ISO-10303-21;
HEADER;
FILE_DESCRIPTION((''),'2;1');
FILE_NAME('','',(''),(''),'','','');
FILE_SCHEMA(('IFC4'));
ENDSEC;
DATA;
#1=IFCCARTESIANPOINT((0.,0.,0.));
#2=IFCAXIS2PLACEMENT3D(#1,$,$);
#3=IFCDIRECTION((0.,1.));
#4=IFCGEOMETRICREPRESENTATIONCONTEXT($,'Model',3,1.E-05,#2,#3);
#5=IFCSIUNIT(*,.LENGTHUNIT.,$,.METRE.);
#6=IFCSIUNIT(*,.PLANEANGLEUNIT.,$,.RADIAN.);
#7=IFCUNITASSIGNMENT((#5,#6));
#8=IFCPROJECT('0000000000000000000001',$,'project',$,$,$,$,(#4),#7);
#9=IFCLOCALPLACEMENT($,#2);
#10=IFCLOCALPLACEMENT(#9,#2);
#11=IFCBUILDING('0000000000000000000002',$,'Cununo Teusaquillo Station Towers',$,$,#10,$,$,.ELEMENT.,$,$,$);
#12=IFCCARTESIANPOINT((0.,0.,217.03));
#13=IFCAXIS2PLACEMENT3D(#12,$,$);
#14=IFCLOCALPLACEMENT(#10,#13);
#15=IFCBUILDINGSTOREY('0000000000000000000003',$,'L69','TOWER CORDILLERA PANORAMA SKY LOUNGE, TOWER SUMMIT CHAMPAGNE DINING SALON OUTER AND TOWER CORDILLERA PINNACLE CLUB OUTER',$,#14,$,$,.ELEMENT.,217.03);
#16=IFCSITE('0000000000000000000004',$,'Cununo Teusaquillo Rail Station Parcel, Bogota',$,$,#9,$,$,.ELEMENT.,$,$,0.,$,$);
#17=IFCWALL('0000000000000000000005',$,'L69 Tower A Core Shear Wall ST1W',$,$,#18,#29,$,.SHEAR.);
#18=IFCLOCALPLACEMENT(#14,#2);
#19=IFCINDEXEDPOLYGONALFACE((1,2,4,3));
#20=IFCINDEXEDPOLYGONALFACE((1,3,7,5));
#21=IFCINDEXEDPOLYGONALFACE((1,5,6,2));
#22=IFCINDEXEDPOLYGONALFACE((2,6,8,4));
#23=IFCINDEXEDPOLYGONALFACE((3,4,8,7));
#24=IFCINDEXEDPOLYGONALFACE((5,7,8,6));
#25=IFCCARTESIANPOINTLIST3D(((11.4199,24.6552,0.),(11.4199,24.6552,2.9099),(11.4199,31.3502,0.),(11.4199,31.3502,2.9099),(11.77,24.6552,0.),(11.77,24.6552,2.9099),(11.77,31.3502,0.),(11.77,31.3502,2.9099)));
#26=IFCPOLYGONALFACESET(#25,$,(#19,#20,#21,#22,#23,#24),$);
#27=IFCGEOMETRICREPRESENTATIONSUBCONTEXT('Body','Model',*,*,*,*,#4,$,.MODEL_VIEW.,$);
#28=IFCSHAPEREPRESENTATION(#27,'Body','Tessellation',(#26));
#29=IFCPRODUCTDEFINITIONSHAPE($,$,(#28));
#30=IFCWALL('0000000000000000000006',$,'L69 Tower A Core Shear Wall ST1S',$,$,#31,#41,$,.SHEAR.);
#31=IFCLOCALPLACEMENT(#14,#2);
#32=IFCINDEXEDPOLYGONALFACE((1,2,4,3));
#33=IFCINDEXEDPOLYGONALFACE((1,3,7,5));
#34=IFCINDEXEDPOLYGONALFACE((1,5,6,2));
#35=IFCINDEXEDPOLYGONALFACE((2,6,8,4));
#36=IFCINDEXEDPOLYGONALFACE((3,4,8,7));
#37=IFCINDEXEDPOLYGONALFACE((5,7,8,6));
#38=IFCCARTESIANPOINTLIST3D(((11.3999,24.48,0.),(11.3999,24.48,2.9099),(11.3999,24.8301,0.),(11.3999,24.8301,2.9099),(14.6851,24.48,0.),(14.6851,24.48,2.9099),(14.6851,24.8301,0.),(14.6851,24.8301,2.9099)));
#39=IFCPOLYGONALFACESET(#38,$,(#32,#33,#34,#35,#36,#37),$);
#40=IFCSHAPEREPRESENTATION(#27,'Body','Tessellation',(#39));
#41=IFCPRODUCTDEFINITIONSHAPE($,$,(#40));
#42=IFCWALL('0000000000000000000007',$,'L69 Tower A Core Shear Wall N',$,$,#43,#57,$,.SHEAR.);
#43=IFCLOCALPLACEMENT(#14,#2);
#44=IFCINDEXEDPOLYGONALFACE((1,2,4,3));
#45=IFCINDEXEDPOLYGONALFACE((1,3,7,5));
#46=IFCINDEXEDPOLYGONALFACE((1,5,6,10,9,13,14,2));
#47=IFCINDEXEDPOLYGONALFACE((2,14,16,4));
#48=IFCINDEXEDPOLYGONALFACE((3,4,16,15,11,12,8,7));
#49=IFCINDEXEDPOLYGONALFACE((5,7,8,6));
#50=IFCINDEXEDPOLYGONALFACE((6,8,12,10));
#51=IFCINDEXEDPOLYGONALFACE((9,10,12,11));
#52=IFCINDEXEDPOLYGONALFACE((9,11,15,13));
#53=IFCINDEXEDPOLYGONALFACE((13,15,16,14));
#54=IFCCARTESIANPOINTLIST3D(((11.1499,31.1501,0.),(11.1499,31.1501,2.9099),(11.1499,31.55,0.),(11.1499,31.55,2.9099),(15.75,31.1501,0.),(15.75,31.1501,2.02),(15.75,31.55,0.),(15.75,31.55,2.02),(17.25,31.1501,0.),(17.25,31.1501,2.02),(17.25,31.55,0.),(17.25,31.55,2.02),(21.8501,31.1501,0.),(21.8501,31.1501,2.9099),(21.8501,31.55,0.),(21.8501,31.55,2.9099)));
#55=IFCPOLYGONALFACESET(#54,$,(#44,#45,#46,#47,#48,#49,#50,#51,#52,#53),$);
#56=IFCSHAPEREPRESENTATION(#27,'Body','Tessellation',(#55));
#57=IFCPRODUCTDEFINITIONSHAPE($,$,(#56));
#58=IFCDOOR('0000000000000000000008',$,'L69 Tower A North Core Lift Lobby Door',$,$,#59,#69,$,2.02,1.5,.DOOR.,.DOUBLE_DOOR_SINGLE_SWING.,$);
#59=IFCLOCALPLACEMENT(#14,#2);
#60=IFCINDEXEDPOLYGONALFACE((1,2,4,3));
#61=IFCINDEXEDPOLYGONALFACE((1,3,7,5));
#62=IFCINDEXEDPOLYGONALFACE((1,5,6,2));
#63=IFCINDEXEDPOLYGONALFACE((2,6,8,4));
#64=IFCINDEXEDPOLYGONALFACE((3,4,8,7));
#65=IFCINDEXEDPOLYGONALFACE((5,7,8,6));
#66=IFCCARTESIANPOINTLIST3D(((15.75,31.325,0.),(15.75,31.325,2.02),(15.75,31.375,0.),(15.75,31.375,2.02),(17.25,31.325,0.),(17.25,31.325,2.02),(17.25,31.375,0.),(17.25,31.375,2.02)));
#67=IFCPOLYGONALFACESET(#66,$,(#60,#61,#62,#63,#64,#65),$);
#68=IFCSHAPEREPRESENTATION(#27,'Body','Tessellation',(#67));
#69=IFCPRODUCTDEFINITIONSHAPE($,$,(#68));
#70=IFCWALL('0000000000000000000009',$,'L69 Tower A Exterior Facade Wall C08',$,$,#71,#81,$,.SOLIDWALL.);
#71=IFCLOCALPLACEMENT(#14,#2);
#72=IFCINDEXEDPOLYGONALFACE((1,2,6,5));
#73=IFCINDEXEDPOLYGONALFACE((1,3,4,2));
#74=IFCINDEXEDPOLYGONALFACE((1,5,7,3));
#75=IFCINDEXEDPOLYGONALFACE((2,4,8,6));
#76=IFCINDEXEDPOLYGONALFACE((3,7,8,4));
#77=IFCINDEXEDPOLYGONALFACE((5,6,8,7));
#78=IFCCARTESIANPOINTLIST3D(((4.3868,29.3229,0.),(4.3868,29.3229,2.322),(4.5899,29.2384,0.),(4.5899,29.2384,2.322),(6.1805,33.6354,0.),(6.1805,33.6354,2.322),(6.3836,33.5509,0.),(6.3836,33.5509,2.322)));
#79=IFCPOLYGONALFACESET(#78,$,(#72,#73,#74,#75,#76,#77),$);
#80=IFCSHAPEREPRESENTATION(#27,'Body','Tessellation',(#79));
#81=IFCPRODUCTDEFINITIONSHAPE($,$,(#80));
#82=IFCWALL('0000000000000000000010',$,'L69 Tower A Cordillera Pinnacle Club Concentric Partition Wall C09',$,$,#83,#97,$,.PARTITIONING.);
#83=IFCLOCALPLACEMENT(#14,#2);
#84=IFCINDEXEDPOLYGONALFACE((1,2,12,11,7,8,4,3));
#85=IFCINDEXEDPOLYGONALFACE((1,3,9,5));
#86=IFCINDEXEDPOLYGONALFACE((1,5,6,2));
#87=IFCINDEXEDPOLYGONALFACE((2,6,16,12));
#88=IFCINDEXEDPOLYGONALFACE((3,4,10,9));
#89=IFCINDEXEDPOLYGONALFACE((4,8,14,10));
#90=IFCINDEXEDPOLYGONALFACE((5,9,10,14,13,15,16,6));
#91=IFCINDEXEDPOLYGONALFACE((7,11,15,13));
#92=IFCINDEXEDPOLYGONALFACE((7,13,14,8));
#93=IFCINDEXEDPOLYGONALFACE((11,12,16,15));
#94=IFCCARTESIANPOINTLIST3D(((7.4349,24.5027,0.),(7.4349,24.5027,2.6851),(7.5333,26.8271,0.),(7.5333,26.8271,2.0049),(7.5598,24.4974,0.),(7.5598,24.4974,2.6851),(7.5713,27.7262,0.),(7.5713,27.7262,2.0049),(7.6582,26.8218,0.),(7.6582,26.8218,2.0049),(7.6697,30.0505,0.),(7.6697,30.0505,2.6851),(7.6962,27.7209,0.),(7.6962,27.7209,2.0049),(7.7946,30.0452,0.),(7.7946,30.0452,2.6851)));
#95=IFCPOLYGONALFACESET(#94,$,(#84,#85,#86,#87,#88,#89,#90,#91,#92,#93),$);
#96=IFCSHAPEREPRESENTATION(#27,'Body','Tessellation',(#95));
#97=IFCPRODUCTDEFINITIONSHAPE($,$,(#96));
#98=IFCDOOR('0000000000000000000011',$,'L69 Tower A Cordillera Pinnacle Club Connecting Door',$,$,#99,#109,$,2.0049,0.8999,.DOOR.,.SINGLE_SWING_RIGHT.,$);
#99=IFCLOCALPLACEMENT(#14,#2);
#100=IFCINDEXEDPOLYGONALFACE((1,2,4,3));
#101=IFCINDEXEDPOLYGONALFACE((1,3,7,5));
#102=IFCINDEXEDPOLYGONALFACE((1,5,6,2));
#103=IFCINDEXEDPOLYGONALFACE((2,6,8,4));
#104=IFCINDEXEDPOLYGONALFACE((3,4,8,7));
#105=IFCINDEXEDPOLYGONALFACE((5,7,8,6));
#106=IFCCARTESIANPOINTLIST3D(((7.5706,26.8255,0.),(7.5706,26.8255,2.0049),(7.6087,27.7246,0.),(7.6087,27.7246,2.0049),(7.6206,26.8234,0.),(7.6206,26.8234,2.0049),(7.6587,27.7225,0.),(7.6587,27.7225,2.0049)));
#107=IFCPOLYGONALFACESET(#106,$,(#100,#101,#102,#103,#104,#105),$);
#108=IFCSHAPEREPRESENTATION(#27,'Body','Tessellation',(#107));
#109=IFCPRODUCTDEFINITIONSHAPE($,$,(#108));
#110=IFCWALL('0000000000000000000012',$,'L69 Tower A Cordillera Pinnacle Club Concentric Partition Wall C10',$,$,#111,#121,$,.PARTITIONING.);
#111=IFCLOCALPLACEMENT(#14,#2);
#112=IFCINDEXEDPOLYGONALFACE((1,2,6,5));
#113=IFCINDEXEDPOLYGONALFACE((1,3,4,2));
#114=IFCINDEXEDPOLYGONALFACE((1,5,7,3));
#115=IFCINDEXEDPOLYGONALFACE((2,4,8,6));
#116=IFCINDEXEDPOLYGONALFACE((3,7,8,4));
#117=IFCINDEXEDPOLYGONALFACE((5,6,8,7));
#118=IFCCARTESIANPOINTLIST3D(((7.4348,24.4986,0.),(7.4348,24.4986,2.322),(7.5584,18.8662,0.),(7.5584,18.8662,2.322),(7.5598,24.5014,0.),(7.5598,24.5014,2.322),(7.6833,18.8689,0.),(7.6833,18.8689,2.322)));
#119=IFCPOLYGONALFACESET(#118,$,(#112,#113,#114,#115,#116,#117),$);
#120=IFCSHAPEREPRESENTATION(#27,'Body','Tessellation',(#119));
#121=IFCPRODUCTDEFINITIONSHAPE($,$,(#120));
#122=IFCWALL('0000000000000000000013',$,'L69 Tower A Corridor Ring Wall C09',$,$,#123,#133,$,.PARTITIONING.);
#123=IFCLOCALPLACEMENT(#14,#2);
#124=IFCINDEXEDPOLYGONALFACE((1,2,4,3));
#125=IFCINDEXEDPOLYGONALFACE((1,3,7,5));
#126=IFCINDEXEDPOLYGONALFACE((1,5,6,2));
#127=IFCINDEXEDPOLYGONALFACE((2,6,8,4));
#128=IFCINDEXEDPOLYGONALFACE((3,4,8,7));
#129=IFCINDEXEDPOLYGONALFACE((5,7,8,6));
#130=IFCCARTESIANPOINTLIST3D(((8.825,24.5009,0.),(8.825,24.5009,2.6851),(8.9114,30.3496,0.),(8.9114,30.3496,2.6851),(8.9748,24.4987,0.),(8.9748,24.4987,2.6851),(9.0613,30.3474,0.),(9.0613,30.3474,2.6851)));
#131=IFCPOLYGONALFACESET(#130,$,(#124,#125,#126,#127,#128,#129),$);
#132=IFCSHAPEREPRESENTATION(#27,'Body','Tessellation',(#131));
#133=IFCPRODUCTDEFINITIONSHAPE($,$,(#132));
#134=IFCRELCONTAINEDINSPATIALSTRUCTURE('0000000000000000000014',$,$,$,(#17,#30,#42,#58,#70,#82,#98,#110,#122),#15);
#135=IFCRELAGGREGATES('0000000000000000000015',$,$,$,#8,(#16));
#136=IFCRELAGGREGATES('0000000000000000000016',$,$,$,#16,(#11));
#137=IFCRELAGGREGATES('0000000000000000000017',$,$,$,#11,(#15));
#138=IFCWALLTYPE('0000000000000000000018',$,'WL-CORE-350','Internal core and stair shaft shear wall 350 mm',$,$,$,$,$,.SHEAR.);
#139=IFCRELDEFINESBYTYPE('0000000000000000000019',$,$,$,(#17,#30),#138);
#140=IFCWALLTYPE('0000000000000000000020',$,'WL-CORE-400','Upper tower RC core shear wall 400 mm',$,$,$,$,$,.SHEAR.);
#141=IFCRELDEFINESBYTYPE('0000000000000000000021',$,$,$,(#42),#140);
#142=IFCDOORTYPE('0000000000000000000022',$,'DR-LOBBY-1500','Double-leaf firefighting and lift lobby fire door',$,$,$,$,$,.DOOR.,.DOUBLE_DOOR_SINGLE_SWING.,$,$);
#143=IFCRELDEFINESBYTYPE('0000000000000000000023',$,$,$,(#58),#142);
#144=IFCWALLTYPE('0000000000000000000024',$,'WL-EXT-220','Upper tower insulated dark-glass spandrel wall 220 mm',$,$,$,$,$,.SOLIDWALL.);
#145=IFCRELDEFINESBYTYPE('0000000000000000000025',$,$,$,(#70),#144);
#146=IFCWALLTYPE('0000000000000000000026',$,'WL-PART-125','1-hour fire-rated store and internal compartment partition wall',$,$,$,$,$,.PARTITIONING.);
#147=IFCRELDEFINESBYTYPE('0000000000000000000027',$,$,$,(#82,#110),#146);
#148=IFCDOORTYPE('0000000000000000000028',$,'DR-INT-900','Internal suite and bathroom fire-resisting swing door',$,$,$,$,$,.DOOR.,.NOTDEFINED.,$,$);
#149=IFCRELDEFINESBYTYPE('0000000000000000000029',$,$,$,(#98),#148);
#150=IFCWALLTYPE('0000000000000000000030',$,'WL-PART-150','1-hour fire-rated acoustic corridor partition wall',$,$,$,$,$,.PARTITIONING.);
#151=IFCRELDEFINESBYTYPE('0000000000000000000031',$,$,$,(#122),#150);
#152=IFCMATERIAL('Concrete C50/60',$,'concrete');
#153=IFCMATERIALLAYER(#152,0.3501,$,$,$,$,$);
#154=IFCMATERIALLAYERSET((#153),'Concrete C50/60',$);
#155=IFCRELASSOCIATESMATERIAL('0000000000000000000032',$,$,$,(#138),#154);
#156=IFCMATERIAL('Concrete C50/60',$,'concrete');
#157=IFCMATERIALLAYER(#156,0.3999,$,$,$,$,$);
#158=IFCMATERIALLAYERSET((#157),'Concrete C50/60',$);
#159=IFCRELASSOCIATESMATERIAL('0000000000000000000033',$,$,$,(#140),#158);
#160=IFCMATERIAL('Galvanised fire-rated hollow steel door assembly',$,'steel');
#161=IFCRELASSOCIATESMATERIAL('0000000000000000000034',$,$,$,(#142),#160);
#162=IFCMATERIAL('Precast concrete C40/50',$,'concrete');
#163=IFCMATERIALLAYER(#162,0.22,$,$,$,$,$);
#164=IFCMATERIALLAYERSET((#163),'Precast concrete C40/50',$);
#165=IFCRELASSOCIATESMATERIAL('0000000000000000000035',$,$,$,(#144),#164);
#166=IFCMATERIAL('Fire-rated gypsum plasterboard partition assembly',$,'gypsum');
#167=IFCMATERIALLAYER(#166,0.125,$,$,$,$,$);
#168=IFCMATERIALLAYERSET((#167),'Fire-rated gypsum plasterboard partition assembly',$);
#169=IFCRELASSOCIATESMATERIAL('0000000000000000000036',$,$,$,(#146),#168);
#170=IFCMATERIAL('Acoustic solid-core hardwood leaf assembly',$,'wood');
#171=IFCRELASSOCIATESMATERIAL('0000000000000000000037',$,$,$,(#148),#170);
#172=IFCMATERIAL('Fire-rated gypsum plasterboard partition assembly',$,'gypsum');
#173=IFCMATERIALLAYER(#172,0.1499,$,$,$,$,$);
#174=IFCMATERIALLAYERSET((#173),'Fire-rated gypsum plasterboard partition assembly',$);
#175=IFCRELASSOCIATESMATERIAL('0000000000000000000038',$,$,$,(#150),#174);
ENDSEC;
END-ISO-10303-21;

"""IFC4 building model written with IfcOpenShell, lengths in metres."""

from ifc_helpers import new_model, si_unit, direction, frame, frame_2d, origin, place, context, subcontext, project, spatial, rectangle, extrude, source, transform, mapped, material, layer, layer_set, type_object, element, fill, save


model = new_model("IFC4")

# Units and contexts
model_context = context("Model", 3, precision=1e-05, world=origin(), true_north=direction((0.0, 1.0)))
body_context = subcontext(model_context, "Body", "Model", "MODEL_VIEW")
ifc_project = project(units=[si_unit("LENGTHUNIT", "METRE"), si_unit("PLANEANGLEUNIT", "RADIAN")], contexts=[model_context])

# Site, building, storey
site_placement = place(None, origin())
site = spatial("IfcSite", under=ifc_project, at=site_placement, Name="Cununo Teusaquillo Rail Station Parcel, Bogota", CompositionType="ELEMENT", RefElevation=0.0)
building_placement = place(site_placement, origin())
building = spatial("IfcBuilding", under=site, at=building_placement, Name="Cununo Teusaquillo Station Towers", CompositionType="ELEMENT")
storey_placement = place(building_placement, frame((0.0, 0.0, 217.03)))
storey = spatial("IfcBuildingStorey", under=building, at=storey_placement, Name="L69", Description="TOWER CORDILLERA PANORAMA SKY LOUNGE, TOWER SUMMIT CHAMPAGNE DINING SALON OUTER AND TOWER CORDILLERA PINNACLE CLUB OUTER", CompositionType="ELEMENT", Elevation=217.03)

# Walls
ifc_material_1 = material(Name="Concrete C50/60", Category="concrete")
ifc_layer_1 = layer(ifc_material_1, 0.3501)
ifc_layer_set_1 = layer_set([ifc_layer_1], Name="Concrete C50/60")
wall_type_1 = type_object("IfcWallType", Name="WL-CORE-350", Description="Internal core and stair shaft shear wall 350 mm", PredefinedType="SHEAR", material=ifc_layer_set_1)
wall_1_placement = place(storey_placement, frame((11.595, 24.655, 0.0), z_axis=(0.0, 0.0, 1.0), x_axis=(0.0, 1.0, 0.0)))
element("IfcWall", 1, at=wall_1_placement, inside=storey, type_object=wall_type_1, Name="L69 Tower A Core Shear Wall ST1W", PredefinedType="SHEAR", context=body_context, shape_type="SweptSolid", body=[
    extrude(rectangle(XDim=6.6951, YDim=0.3501, at=frame_2d((3.3477, 0.0))), origin(), (0.0, 0.0, 1.0), 2.9099),
])
wall_2_placement = place(storey_placement, frame((11.3999, 24.655, 0.0), z_axis=(0.0, 0.0, 1.0), x_axis=(1.0, 0.0, 0.0)))
element("IfcWall", 2, at=wall_2_placement, inside=storey, type_object=wall_type_1, Name="L69 Tower A Core Shear Wall ST1S", PredefinedType="SHEAR", context=body_context, shape_type="SweptSolid", body=[
    extrude(rectangle(XDim=3.2852, YDim=0.3501, at=frame_2d((1.6426, 0.0))), origin(), (0.0, 0.0, 1.0), 2.9099),
])

# Wall, opening, door
ifc_material_2 = material(Name="Concrete C50/60", Category="concrete")
ifc_layer_2 = layer(ifc_material_2, 0.3999)
ifc_layer_set_2 = layer_set([ifc_layer_2], Name="Concrete C50/60")
wall_type_2 = type_object("IfcWallType", Name="WL-CORE-400", Description="Upper tower RC core shear wall 400 mm", PredefinedType="SHEAR", material=ifc_layer_set_2)
wall_3_placement = place(storey_placement, frame((11.1499, 31.3501, 0.0), z_axis=(0.0, 0.0, 1.0), x_axis=(1.0, 0.0, 0.0)))
wall_3 = element("IfcWall", 3, at=wall_3_placement, inside=storey, type_object=wall_type_2, Name="L69 Tower A Core Shear Wall N", PredefinedType="SHEAR", context=body_context, shape_type="SweptSolid", body=[
    extrude(rectangle(XDim=10.7002, YDim=0.3999, at=frame_2d((5.3501, 0.0))), origin(), (0.0, 0.0, 1.0), 2.9099),
])
shared_shape_1 = source(origin(), body_context, "Body", "SweptSolid", [
    extrude(rectangle(XDim=1.5, YDim=2.02, at=frame_2d((0.75, 1.01))), frame((0.0, 0.21, 0.0), z_axis=(0.0, -1.0, 0.0), x_axis=(1.0, 0.0, 0.0)), (0.0, 0.0, 1.0), 0.4199),
])
opening_1_placement = place(wall_3_placement, frame((4.6001, 0.0, 0.0)))
opening_1 = element("IfcOpeningElement", 4, at=opening_1_placement, cuts=wall_3, PredefinedType="OPENING", context=body_context, shape_type="MappedRepresentation", body=[
    mapped(shared_shape_1, transform((0.0, 0.0, 0.0), x_axis=(1.0, 0.0, 0.0), y_axis=(0.0, 1.0, 0.0), z_axis=(0.0, 0.0, 1.0), scale=1.0)),
])
ifc_material_3 = material(Name="Galvanised fire-rated hollow steel door assembly", Category="steel")
door_type_1 = type_object("IfcDoorType", Name="DR-LOBBY-1500", Description="Double-leaf firefighting and lift lobby fire door", OperationType="DOUBLE_DOOR_SINGLE_SWING", PredefinedType="DOOR", material=ifc_material_3)
shared_shape_2 = source(origin(), body_context, "Body", "SweptSolid", [
    extrude(rectangle(XDim=1.5, YDim=2.02, at=frame_2d((0.75, 1.01))), frame((0.0, 0.0249, 0.0), z_axis=(0.0, -1.0, 0.0), x_axis=(1.0, 0.0, 0.0)), (0.0, 0.0, 1.0), 0.05),
])
door_1_placement = place(opening_1_placement, origin())
door_1 = element("IfcDoor", 5, at=door_1_placement, inside=storey, type_object=door_type_1, Name="L69 Tower A North Core Lift Lobby Door", OperationType="DOUBLE_DOOR_SINGLE_SWING", OverallHeight=2.02, OverallWidth=1.5, PredefinedType="DOOR", context=body_context, shape_type="MappedRepresentation", body=[
    mapped(shared_shape_2, transform((0.0, 0.0, 0.0), x_axis=(1.0, 0.0, 0.0), y_axis=(0.0, 1.0, 0.0), z_axis=(0.0, 0.0, 1.0), scale=1.0)),
])
fill(opening_1, door_1)

# Wall
ifc_material_4 = material(Name="Precast concrete C40/50", Category="concrete")
ifc_layer_3 = layer(ifc_material_4, 0.22)
ifc_layer_set_3 = layer_set([ifc_layer_3], Name="Precast concrete C40/50")
wall_type_3 = type_object("IfcWallType", Name="WL-EXT-220", Description="Upper tower insulated dark-glass spandrel wall 220 mm", PredefinedType="SOLIDWALL", material=ifc_layer_set_3)
wall_4_placement = place(storey_placement, frame((4.4883, 29.2805, 0.0), z_axis=(0.0, 0.0, 1.0), x_axis=(0.384036, 0.923318, 0.0)))
element("IfcWall", 6, at=wall_4_placement, inside=storey, type_object=wall_type_3, Name="L69 Tower A Exterior Facade Wall C08", PredefinedType="SOLIDWALL", context=body_context, shape_type="SweptSolid", body=[
    extrude(rectangle(XDim=4.6707, YDim=0.22, at=frame_2d((2.3354, 0.0))), origin(), (0.0, 0.0, 1.0), 2.322),
])

# Wall, opening, door
ifc_material_5 = material(Name="Fire-rated gypsum plasterboard partition assembly", Category="gypsum")
ifc_layer_4 = layer(ifc_material_5, 0.125)
ifc_layer_set_4 = layer_set([ifc_layer_4], Name="Fire-rated gypsum plasterboard partition assembly")
wall_type_4 = type_object("IfcWallType", Name="WL-PART-125", Description="1-hour fire-rated store and internal compartment partition wall", PredefinedType="PARTITIONING", material=ifc_layer_set_4)
wall_5_placement = place(storey_placement, frame((7.7322, 30.0479, 0.0), z_axis=(0.0, 0.0, 1.0), x_axis=(-0.042296, -0.999105, 0.0)))
wall_5 = element("IfcWall", 7, at=wall_5_placement, inside=storey, type_object=wall_type_4, Name="L69 Tower A Cordillera Pinnacle Club Concentric Partition Wall C09", PredefinedType="PARTITIONING", context=body_context, shape_type="SweptSolid", body=[
    extrude(rectangle(XDim=5.5527, YDim=0.125, at=frame_2d((2.7764, 0.0))), origin(), (0.0, 0.0, 1.0), 2.6851),
])
shared_shape_3 = source(origin(), body_context, "Body", "SweptSolid", [
    extrude(rectangle(XDim=0.8999, YDim=2.0049, at=frame_2d((0.45, 1.0024))), frame((0.0, 0.0725, 0.0), z_axis=(0.0, -1.0, 0.0), x_axis=(1.0, 0.0, 0.0)), (0.0, 0.0, 1.0), 0.145),
])
opening_2_placement = place(wall_5_placement, frame((2.3264, 0.0, 0.0)))
opening_2 = element("IfcOpeningElement", 8, at=opening_2_placement, cuts=wall_5, PredefinedType="OPENING", context=body_context, shape_type="MappedRepresentation", body=[
    mapped(shared_shape_3, transform((0.0, 0.0, 0.0), x_axis=(1.0, 0.0, 0.0), y_axis=(0.0, 1.0, 0.0), z_axis=(0.0, 0.0, 1.0), scale=1.0)),
])
ifc_material_6 = material(Name="Acoustic solid-core hardwood leaf assembly", Category="wood")
door_type_2 = type_object("IfcDoorType", Name="DR-INT-900", Description="Internal suite and bathroom fire-resisting swing door", OperationType="NOTDEFINED", PredefinedType="DOOR", material=ifc_material_6)
shared_shape_4 = source(origin(), body_context, "Body", "SweptSolid", [
    extrude(rectangle(XDim=0.8999, YDim=2.0049, at=frame_2d((0.45, 1.0024))), frame((0.0, 0.0249, 0.0), z_axis=(0.0, -1.0, 0.0), x_axis=(1.0, 0.0, 0.0)), (0.0, 0.0, 1.0), 0.05),
])
door_2_placement = place(opening_2_placement, origin())
door_2 = element("IfcDoor", 9, at=door_2_placement, inside=storey, type_object=door_type_2, Name="L69 Tower A Cordillera Pinnacle Club Connecting Door", OperationType="SINGLE_SWING_RIGHT", OverallHeight=2.0049, OverallWidth=0.8999, PredefinedType="DOOR", context=body_context, shape_type="MappedRepresentation", body=[
    mapped(shared_shape_4, transform((0.0, 0.0, 0.0), x_axis=(1.0, 0.0, 0.0), y_axis=(0.0, 1.0, 0.0), z_axis=(0.0, 0.0, 1.0), scale=1.0)),
])
fill(opening_2, door_2)

# Walls
wall_6_placement = place(storey_placement, frame((7.4973, 24.5, 0.0), z_axis=(0.0, 0.0, 1.0), x_axis=(0.021928, -0.99976, 0.0)))
element("IfcWall", 10, at=wall_6_placement, inside=storey, type_object=wall_type_4, Name="L69 Tower A Cordillera Pinnacle Club Concentric Partition Wall C10", PredefinedType="PARTITIONING", context=body_context, shape_type="SweptSolid", body=[
    extrude(rectangle(XDim=5.6338, YDim=0.125, at=frame_2d((2.8169, 0.0))), origin(), (0.0, 0.0, 1.0), 2.322),
])
ifc_material_7 = material(Name="Fire-rated gypsum plasterboard partition assembly", Category="gypsum")
ifc_layer_5 = layer(ifc_material_7, 0.1499)
ifc_layer_set_5 = layer_set([ifc_layer_5], Name="Fire-rated gypsum plasterboard partition assembly")
wall_type_5 = type_object("IfcWallType", Name="WL-PART-150", Description="1-hour fire-rated acoustic corridor partition wall", PredefinedType="PARTITIONING", material=ifc_layer_set_5)
wall_7_placement = place(storey_placement, frame((8.9863, 30.3486, 0.0), z_axis=(0.0, 0.0, 1.0), x_axis=(-0.014775, -0.999891, 0.0)))
element("IfcWall", 11, at=wall_7_placement, inside=storey, type_object=wall_type_5, Name="L69 Tower A Corridor Ring Wall C09", PredefinedType="PARTITIONING", context=body_context, shape_type="SweptSolid", body=[
    extrude(rectangle(XDim=5.8494, YDim=0.1499, at=frame_2d((2.9248, 0.0))), origin(), (0.0, 0.0, 1.0), 2.6851),
])

save(model, "model.ifc")
